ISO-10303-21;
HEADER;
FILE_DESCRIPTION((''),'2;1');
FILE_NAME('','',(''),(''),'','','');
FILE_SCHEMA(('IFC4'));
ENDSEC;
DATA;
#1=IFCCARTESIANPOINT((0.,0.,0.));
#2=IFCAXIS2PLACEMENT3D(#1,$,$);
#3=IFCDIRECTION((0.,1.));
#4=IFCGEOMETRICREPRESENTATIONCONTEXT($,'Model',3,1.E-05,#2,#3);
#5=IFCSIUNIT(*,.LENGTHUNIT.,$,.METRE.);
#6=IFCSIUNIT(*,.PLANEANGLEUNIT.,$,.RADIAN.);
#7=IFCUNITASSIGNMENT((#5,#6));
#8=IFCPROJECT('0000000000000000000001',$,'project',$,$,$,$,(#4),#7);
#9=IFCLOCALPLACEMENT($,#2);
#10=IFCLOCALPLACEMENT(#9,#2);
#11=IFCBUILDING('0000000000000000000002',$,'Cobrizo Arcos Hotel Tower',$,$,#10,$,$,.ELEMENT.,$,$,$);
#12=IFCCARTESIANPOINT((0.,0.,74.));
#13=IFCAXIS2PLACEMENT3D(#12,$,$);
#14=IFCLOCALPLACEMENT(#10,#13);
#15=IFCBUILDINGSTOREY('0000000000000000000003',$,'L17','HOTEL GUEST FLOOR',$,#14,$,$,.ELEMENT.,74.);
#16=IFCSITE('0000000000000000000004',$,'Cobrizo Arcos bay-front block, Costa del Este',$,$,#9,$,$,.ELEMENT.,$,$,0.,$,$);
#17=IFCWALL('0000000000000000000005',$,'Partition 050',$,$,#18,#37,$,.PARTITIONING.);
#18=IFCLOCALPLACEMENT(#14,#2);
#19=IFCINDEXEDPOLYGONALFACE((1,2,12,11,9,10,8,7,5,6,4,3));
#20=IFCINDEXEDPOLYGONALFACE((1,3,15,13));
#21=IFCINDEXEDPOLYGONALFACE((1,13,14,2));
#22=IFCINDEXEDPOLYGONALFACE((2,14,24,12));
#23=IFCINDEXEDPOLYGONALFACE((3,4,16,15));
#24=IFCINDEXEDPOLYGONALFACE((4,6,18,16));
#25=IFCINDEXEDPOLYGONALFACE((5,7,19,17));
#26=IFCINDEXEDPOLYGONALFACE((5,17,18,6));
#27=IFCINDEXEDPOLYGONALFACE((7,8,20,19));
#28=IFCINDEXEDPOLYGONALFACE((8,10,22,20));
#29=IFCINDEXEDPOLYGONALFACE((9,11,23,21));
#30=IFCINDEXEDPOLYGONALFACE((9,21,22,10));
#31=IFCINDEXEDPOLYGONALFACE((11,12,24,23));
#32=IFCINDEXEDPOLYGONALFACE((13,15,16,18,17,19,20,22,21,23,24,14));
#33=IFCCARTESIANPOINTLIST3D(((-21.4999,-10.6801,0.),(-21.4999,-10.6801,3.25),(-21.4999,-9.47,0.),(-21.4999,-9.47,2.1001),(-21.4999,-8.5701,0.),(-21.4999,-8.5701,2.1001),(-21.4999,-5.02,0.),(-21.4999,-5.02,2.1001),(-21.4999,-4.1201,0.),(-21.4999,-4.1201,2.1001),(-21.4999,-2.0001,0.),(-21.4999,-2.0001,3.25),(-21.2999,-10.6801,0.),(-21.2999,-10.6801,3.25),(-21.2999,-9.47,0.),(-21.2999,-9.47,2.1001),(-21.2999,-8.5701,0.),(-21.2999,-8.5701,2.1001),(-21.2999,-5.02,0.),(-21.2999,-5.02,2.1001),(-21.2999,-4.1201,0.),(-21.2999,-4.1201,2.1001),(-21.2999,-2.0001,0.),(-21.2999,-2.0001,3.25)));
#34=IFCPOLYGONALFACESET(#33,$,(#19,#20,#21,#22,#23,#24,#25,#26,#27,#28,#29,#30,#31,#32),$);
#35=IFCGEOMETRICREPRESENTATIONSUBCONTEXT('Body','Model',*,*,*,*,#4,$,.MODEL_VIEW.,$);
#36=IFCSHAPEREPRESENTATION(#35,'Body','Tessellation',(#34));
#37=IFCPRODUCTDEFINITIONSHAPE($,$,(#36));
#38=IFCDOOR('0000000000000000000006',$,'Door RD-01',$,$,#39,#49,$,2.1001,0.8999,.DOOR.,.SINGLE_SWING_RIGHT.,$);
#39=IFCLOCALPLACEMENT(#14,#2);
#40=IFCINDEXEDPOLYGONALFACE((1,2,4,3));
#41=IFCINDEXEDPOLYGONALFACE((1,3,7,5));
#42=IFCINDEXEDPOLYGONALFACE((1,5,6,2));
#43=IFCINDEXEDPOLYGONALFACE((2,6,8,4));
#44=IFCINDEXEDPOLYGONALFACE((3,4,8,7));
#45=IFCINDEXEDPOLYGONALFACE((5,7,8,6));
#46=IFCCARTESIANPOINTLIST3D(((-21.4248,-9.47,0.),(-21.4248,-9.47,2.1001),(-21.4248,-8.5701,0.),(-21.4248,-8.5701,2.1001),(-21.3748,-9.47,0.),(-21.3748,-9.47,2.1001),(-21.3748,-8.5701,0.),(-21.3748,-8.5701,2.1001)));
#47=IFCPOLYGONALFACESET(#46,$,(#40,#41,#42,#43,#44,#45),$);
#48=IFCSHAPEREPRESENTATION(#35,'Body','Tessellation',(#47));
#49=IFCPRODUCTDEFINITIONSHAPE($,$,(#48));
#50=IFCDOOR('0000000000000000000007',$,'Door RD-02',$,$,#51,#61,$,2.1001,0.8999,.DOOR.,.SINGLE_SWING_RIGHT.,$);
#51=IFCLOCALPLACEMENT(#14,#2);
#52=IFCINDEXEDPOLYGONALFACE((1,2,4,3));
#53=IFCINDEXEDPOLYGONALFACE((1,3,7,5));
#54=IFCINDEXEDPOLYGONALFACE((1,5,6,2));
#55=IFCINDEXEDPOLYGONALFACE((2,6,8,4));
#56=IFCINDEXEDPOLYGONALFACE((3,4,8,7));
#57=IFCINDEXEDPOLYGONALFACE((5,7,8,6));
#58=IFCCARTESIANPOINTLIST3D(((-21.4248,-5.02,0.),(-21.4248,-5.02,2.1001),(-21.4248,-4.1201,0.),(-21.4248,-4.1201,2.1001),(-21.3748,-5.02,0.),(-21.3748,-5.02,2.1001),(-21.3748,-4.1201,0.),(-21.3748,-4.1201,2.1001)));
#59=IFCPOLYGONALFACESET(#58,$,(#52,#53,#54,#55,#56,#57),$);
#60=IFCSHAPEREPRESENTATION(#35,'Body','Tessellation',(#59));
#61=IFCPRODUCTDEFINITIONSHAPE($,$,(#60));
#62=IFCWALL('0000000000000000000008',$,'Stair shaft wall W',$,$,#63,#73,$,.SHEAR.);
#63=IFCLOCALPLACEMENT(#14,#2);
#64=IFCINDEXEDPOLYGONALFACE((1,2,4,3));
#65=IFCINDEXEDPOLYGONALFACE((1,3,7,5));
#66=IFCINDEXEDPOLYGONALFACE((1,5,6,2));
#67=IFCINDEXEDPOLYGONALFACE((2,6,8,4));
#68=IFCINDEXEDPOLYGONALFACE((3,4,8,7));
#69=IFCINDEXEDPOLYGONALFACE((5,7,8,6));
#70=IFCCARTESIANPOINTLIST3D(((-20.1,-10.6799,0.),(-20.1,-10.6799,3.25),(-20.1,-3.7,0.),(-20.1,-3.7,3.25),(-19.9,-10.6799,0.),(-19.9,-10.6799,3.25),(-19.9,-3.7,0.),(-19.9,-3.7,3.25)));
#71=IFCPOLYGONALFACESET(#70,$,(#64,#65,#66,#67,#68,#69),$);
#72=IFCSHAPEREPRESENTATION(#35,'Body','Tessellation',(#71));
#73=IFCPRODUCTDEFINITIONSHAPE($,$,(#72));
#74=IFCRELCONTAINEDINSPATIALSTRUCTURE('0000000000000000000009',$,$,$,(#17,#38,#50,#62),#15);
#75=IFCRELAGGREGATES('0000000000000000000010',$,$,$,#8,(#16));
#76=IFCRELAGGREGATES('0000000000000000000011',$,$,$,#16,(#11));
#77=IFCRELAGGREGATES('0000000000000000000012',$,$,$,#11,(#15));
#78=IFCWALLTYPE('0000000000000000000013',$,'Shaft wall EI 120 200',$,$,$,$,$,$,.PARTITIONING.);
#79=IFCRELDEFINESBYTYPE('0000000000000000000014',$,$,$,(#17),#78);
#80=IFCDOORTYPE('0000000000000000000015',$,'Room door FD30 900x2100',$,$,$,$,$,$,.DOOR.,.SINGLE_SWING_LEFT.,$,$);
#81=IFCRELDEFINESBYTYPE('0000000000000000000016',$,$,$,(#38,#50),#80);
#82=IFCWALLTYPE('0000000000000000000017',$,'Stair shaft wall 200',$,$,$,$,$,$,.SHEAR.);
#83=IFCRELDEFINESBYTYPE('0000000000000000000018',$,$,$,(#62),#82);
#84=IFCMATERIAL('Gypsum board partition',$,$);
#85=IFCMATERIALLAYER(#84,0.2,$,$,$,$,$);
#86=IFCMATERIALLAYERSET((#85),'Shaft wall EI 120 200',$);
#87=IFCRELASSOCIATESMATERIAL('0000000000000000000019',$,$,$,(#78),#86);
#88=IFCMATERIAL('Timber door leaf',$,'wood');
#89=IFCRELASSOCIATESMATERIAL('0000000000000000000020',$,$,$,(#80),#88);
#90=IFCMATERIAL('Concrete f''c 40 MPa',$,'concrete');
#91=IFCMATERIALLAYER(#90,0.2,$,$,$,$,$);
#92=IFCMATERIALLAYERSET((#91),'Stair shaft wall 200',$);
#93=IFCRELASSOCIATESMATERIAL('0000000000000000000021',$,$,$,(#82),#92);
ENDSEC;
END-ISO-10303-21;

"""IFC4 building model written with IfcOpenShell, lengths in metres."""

from ifc_helpers import new_model, si_unit, direction, frame, frame_2d, origin, place, context, subcontext, project, spatial, rectangle, extrude, material, layer, layer_set, type_object, element, fill, save


model = new_model("IFC4")

# Units and contexts
model_context = context("Model", 3, precision=1e-05, world=origin(), true_north=direction((0.0, 1.0)))
body_context = subcontext(model_context, "Body", "Model", "MODEL_VIEW")
ifc_project = project(units=[si_unit("LENGTHUNIT", "METRE"), si_unit("PLANEANGLEUNIT", "RADIAN")], contexts=[model_context])

# Site, building, storey
site_placement = place(None, origin())
site = spatial("IfcSite", under=ifc_project, at=site_placement, Name="Cobrizo Arcos bay-front block, Costa del Este", CompositionType="ELEMENT", RefElevation=0.0)
building_placement = place(site_placement, origin())
building = spatial("IfcBuilding", under=site, at=building_placement, Name="Cobrizo Arcos Hotel Tower", CompositionType="ELEMENT")
storey_placement = place(building_placement, frame((0.0, 0.0, 74.0)))
storey = spatial("IfcBuildingStorey", under=building, at=storey_placement, Name="L17", Description="HOTEL GUEST FLOOR", CompositionType="ELEMENT", Elevation=74.0)

# Wall, openings, doors
ifc_material_1 = material(Name="Gypsum board partition")
ifc_layer_1 = layer(ifc_material_1, 0.2)
ifc_layer_set_1 = layer_set([ifc_layer_1], Name="Shaft wall EI 120 200")
wall_type_1 = type_object("IfcWallType", Name="Shaft wall EI 120 200", PredefinedType="PARTITIONING", material=ifc_layer_set_1)
wall_1_placement = place(storey_placement, frame((-21.3999, -10.6799, 0.0), z_axis=(0.0, 0.0, 1.0), x_axis=(0.0, 1.0, 0.0)))
wall_1 = element("IfcWall", 1, at=wall_1_placement, inside=storey, type_object=wall_type_1, Name="Partition 050", PredefinedType="PARTITIONING", context=body_context, shape_type="SweptSolid", body=[
    extrude(rectangle(XDim=8.6799, YDim=0.2, at=frame_2d((4.3398, 0.0))), origin(), (0.0, 0.0, 1.0), 3.25),
])
opening_1_placement = place(wall_1_placement, frame((1.21, 0.0, 0.0)))
opening_1 = element("IfcOpeningElement", 2, at=opening_1_placement, cuts=wall_1, PredefinedType="OPENING", context=body_context, shape_type="SweptSolid", body=[
    extrude(rectangle(XDim=0.8999, YDim=2.1001, at=frame_2d((0.45, 1.05))), frame((0.0, 0.1121, 0.0), z_axis=(0.0, -1.0, 0.0), x_axis=(1.0, 0.0, 0.0)), (0.0, 0.0, 1.0), 0.2239),
])
opening_2_placement = place(wall_1_placement, frame((5.6599, 0.0, 0.0)))
opening_2 = element("IfcOpeningElement", 3, at=opening_2_placement, cuts=wall_1, PredefinedType="OPENING", context=body_context, shape_type="SweptSolid", body=[
    extrude(rectangle(XDim=0.8999, YDim=2.1001, at=frame_2d((0.45, 1.05))), frame((0.0, 0.1121, 0.0), z_axis=(0.0, -1.0, 0.0), x_axis=(1.0, 0.0, 0.0)), (0.0, 0.0, 1.0), 0.2239),
])
ifc_material_2 = material(Name="Timber door leaf", Category="wood")
door_type_1 = type_object("IfcDoorType", Name="Room door FD30 900x2100", OperationType="SINGLE_SWING_LEFT", PredefinedType="DOOR", material=ifc_material_2)
door_1_placement = place(opening_1_placement, origin())
door_1 = element("IfcDoor", 4, at=door_1_placement, inside=storey, type_object=door_type_1, Name="Door RD-01", OperationType="SINGLE_SWING_RIGHT", OverallHeight=2.1001, OverallWidth=0.8999, PredefinedType="DOOR", context=body_context, shape_type="SweptSolid", body=[
    extrude(rectangle(XDim=0.8999, YDim=2.1001, at=frame_2d((0.45, 1.05))), frame((0.0, 0.0249, 0.0), z_axis=(0.0, -1.0, 0.0), x_axis=(1.0, 0.0, 0.0)), (0.0, 0.0, 1.0), 0.05),
])
fill(opening_1, door_1)
door_2_placement = place(opening_2_placement, origin())
door_2 = element("IfcDoor", 5, at=door_2_placement, inside=storey, type_object=door_type_1, Name="Door RD-02", OperationType="SINGLE_SWING_RIGHT", OverallHeight=2.1001, OverallWidth=0.8999, PredefinedType="DOOR", context=body_context, shape_type="SweptSolid", body=[
    extrude(rectangle(XDim=0.8999, YDim=2.1001, at=frame_2d((0.45, 1.05))), frame((0.0, 0.0249, 0.0), z_axis=(0.0, -1.0, 0.0), x_axis=(1.0, 0.0, 0.0)), (0.0, 0.0, 1.0), 0.05),
])
fill(opening_2, door_2)

# Wall
ifc_material_3 = material(Name="Concrete f'c 40 MPa", Category="concrete")
ifc_layer_2 = layer(ifc_material_3, 0.2)
ifc_layer_set_2 = layer_set([ifc_layer_2], Name="Stair shaft wall 200")
wall_type_2 = type_object("IfcWallType", Name="Stair shaft wall 200", PredefinedType="SHEAR", material=ifc_layer_set_2)
wall_2_placement = place(storey_placement, frame((-20.0, -10.6799, 0.0), z_axis=(0.0, 0.0, 1.0), x_axis=(0.0, 1.0, 0.0)))
element("IfcWall", 6, at=wall_2_placement, inside=storey, type_object=wall_type_2, Name="Stair shaft wall W", PredefinedType="SHEAR", context=body_context, shape_type="SweptSolid", body=[
    extrude(rectangle(XDim=6.98, YDim=0.2, at=frame_2d((3.49, 0.0))), origin(), (0.0, 0.0, 1.0), 3.25),
])

save(model, "model.ifc")
